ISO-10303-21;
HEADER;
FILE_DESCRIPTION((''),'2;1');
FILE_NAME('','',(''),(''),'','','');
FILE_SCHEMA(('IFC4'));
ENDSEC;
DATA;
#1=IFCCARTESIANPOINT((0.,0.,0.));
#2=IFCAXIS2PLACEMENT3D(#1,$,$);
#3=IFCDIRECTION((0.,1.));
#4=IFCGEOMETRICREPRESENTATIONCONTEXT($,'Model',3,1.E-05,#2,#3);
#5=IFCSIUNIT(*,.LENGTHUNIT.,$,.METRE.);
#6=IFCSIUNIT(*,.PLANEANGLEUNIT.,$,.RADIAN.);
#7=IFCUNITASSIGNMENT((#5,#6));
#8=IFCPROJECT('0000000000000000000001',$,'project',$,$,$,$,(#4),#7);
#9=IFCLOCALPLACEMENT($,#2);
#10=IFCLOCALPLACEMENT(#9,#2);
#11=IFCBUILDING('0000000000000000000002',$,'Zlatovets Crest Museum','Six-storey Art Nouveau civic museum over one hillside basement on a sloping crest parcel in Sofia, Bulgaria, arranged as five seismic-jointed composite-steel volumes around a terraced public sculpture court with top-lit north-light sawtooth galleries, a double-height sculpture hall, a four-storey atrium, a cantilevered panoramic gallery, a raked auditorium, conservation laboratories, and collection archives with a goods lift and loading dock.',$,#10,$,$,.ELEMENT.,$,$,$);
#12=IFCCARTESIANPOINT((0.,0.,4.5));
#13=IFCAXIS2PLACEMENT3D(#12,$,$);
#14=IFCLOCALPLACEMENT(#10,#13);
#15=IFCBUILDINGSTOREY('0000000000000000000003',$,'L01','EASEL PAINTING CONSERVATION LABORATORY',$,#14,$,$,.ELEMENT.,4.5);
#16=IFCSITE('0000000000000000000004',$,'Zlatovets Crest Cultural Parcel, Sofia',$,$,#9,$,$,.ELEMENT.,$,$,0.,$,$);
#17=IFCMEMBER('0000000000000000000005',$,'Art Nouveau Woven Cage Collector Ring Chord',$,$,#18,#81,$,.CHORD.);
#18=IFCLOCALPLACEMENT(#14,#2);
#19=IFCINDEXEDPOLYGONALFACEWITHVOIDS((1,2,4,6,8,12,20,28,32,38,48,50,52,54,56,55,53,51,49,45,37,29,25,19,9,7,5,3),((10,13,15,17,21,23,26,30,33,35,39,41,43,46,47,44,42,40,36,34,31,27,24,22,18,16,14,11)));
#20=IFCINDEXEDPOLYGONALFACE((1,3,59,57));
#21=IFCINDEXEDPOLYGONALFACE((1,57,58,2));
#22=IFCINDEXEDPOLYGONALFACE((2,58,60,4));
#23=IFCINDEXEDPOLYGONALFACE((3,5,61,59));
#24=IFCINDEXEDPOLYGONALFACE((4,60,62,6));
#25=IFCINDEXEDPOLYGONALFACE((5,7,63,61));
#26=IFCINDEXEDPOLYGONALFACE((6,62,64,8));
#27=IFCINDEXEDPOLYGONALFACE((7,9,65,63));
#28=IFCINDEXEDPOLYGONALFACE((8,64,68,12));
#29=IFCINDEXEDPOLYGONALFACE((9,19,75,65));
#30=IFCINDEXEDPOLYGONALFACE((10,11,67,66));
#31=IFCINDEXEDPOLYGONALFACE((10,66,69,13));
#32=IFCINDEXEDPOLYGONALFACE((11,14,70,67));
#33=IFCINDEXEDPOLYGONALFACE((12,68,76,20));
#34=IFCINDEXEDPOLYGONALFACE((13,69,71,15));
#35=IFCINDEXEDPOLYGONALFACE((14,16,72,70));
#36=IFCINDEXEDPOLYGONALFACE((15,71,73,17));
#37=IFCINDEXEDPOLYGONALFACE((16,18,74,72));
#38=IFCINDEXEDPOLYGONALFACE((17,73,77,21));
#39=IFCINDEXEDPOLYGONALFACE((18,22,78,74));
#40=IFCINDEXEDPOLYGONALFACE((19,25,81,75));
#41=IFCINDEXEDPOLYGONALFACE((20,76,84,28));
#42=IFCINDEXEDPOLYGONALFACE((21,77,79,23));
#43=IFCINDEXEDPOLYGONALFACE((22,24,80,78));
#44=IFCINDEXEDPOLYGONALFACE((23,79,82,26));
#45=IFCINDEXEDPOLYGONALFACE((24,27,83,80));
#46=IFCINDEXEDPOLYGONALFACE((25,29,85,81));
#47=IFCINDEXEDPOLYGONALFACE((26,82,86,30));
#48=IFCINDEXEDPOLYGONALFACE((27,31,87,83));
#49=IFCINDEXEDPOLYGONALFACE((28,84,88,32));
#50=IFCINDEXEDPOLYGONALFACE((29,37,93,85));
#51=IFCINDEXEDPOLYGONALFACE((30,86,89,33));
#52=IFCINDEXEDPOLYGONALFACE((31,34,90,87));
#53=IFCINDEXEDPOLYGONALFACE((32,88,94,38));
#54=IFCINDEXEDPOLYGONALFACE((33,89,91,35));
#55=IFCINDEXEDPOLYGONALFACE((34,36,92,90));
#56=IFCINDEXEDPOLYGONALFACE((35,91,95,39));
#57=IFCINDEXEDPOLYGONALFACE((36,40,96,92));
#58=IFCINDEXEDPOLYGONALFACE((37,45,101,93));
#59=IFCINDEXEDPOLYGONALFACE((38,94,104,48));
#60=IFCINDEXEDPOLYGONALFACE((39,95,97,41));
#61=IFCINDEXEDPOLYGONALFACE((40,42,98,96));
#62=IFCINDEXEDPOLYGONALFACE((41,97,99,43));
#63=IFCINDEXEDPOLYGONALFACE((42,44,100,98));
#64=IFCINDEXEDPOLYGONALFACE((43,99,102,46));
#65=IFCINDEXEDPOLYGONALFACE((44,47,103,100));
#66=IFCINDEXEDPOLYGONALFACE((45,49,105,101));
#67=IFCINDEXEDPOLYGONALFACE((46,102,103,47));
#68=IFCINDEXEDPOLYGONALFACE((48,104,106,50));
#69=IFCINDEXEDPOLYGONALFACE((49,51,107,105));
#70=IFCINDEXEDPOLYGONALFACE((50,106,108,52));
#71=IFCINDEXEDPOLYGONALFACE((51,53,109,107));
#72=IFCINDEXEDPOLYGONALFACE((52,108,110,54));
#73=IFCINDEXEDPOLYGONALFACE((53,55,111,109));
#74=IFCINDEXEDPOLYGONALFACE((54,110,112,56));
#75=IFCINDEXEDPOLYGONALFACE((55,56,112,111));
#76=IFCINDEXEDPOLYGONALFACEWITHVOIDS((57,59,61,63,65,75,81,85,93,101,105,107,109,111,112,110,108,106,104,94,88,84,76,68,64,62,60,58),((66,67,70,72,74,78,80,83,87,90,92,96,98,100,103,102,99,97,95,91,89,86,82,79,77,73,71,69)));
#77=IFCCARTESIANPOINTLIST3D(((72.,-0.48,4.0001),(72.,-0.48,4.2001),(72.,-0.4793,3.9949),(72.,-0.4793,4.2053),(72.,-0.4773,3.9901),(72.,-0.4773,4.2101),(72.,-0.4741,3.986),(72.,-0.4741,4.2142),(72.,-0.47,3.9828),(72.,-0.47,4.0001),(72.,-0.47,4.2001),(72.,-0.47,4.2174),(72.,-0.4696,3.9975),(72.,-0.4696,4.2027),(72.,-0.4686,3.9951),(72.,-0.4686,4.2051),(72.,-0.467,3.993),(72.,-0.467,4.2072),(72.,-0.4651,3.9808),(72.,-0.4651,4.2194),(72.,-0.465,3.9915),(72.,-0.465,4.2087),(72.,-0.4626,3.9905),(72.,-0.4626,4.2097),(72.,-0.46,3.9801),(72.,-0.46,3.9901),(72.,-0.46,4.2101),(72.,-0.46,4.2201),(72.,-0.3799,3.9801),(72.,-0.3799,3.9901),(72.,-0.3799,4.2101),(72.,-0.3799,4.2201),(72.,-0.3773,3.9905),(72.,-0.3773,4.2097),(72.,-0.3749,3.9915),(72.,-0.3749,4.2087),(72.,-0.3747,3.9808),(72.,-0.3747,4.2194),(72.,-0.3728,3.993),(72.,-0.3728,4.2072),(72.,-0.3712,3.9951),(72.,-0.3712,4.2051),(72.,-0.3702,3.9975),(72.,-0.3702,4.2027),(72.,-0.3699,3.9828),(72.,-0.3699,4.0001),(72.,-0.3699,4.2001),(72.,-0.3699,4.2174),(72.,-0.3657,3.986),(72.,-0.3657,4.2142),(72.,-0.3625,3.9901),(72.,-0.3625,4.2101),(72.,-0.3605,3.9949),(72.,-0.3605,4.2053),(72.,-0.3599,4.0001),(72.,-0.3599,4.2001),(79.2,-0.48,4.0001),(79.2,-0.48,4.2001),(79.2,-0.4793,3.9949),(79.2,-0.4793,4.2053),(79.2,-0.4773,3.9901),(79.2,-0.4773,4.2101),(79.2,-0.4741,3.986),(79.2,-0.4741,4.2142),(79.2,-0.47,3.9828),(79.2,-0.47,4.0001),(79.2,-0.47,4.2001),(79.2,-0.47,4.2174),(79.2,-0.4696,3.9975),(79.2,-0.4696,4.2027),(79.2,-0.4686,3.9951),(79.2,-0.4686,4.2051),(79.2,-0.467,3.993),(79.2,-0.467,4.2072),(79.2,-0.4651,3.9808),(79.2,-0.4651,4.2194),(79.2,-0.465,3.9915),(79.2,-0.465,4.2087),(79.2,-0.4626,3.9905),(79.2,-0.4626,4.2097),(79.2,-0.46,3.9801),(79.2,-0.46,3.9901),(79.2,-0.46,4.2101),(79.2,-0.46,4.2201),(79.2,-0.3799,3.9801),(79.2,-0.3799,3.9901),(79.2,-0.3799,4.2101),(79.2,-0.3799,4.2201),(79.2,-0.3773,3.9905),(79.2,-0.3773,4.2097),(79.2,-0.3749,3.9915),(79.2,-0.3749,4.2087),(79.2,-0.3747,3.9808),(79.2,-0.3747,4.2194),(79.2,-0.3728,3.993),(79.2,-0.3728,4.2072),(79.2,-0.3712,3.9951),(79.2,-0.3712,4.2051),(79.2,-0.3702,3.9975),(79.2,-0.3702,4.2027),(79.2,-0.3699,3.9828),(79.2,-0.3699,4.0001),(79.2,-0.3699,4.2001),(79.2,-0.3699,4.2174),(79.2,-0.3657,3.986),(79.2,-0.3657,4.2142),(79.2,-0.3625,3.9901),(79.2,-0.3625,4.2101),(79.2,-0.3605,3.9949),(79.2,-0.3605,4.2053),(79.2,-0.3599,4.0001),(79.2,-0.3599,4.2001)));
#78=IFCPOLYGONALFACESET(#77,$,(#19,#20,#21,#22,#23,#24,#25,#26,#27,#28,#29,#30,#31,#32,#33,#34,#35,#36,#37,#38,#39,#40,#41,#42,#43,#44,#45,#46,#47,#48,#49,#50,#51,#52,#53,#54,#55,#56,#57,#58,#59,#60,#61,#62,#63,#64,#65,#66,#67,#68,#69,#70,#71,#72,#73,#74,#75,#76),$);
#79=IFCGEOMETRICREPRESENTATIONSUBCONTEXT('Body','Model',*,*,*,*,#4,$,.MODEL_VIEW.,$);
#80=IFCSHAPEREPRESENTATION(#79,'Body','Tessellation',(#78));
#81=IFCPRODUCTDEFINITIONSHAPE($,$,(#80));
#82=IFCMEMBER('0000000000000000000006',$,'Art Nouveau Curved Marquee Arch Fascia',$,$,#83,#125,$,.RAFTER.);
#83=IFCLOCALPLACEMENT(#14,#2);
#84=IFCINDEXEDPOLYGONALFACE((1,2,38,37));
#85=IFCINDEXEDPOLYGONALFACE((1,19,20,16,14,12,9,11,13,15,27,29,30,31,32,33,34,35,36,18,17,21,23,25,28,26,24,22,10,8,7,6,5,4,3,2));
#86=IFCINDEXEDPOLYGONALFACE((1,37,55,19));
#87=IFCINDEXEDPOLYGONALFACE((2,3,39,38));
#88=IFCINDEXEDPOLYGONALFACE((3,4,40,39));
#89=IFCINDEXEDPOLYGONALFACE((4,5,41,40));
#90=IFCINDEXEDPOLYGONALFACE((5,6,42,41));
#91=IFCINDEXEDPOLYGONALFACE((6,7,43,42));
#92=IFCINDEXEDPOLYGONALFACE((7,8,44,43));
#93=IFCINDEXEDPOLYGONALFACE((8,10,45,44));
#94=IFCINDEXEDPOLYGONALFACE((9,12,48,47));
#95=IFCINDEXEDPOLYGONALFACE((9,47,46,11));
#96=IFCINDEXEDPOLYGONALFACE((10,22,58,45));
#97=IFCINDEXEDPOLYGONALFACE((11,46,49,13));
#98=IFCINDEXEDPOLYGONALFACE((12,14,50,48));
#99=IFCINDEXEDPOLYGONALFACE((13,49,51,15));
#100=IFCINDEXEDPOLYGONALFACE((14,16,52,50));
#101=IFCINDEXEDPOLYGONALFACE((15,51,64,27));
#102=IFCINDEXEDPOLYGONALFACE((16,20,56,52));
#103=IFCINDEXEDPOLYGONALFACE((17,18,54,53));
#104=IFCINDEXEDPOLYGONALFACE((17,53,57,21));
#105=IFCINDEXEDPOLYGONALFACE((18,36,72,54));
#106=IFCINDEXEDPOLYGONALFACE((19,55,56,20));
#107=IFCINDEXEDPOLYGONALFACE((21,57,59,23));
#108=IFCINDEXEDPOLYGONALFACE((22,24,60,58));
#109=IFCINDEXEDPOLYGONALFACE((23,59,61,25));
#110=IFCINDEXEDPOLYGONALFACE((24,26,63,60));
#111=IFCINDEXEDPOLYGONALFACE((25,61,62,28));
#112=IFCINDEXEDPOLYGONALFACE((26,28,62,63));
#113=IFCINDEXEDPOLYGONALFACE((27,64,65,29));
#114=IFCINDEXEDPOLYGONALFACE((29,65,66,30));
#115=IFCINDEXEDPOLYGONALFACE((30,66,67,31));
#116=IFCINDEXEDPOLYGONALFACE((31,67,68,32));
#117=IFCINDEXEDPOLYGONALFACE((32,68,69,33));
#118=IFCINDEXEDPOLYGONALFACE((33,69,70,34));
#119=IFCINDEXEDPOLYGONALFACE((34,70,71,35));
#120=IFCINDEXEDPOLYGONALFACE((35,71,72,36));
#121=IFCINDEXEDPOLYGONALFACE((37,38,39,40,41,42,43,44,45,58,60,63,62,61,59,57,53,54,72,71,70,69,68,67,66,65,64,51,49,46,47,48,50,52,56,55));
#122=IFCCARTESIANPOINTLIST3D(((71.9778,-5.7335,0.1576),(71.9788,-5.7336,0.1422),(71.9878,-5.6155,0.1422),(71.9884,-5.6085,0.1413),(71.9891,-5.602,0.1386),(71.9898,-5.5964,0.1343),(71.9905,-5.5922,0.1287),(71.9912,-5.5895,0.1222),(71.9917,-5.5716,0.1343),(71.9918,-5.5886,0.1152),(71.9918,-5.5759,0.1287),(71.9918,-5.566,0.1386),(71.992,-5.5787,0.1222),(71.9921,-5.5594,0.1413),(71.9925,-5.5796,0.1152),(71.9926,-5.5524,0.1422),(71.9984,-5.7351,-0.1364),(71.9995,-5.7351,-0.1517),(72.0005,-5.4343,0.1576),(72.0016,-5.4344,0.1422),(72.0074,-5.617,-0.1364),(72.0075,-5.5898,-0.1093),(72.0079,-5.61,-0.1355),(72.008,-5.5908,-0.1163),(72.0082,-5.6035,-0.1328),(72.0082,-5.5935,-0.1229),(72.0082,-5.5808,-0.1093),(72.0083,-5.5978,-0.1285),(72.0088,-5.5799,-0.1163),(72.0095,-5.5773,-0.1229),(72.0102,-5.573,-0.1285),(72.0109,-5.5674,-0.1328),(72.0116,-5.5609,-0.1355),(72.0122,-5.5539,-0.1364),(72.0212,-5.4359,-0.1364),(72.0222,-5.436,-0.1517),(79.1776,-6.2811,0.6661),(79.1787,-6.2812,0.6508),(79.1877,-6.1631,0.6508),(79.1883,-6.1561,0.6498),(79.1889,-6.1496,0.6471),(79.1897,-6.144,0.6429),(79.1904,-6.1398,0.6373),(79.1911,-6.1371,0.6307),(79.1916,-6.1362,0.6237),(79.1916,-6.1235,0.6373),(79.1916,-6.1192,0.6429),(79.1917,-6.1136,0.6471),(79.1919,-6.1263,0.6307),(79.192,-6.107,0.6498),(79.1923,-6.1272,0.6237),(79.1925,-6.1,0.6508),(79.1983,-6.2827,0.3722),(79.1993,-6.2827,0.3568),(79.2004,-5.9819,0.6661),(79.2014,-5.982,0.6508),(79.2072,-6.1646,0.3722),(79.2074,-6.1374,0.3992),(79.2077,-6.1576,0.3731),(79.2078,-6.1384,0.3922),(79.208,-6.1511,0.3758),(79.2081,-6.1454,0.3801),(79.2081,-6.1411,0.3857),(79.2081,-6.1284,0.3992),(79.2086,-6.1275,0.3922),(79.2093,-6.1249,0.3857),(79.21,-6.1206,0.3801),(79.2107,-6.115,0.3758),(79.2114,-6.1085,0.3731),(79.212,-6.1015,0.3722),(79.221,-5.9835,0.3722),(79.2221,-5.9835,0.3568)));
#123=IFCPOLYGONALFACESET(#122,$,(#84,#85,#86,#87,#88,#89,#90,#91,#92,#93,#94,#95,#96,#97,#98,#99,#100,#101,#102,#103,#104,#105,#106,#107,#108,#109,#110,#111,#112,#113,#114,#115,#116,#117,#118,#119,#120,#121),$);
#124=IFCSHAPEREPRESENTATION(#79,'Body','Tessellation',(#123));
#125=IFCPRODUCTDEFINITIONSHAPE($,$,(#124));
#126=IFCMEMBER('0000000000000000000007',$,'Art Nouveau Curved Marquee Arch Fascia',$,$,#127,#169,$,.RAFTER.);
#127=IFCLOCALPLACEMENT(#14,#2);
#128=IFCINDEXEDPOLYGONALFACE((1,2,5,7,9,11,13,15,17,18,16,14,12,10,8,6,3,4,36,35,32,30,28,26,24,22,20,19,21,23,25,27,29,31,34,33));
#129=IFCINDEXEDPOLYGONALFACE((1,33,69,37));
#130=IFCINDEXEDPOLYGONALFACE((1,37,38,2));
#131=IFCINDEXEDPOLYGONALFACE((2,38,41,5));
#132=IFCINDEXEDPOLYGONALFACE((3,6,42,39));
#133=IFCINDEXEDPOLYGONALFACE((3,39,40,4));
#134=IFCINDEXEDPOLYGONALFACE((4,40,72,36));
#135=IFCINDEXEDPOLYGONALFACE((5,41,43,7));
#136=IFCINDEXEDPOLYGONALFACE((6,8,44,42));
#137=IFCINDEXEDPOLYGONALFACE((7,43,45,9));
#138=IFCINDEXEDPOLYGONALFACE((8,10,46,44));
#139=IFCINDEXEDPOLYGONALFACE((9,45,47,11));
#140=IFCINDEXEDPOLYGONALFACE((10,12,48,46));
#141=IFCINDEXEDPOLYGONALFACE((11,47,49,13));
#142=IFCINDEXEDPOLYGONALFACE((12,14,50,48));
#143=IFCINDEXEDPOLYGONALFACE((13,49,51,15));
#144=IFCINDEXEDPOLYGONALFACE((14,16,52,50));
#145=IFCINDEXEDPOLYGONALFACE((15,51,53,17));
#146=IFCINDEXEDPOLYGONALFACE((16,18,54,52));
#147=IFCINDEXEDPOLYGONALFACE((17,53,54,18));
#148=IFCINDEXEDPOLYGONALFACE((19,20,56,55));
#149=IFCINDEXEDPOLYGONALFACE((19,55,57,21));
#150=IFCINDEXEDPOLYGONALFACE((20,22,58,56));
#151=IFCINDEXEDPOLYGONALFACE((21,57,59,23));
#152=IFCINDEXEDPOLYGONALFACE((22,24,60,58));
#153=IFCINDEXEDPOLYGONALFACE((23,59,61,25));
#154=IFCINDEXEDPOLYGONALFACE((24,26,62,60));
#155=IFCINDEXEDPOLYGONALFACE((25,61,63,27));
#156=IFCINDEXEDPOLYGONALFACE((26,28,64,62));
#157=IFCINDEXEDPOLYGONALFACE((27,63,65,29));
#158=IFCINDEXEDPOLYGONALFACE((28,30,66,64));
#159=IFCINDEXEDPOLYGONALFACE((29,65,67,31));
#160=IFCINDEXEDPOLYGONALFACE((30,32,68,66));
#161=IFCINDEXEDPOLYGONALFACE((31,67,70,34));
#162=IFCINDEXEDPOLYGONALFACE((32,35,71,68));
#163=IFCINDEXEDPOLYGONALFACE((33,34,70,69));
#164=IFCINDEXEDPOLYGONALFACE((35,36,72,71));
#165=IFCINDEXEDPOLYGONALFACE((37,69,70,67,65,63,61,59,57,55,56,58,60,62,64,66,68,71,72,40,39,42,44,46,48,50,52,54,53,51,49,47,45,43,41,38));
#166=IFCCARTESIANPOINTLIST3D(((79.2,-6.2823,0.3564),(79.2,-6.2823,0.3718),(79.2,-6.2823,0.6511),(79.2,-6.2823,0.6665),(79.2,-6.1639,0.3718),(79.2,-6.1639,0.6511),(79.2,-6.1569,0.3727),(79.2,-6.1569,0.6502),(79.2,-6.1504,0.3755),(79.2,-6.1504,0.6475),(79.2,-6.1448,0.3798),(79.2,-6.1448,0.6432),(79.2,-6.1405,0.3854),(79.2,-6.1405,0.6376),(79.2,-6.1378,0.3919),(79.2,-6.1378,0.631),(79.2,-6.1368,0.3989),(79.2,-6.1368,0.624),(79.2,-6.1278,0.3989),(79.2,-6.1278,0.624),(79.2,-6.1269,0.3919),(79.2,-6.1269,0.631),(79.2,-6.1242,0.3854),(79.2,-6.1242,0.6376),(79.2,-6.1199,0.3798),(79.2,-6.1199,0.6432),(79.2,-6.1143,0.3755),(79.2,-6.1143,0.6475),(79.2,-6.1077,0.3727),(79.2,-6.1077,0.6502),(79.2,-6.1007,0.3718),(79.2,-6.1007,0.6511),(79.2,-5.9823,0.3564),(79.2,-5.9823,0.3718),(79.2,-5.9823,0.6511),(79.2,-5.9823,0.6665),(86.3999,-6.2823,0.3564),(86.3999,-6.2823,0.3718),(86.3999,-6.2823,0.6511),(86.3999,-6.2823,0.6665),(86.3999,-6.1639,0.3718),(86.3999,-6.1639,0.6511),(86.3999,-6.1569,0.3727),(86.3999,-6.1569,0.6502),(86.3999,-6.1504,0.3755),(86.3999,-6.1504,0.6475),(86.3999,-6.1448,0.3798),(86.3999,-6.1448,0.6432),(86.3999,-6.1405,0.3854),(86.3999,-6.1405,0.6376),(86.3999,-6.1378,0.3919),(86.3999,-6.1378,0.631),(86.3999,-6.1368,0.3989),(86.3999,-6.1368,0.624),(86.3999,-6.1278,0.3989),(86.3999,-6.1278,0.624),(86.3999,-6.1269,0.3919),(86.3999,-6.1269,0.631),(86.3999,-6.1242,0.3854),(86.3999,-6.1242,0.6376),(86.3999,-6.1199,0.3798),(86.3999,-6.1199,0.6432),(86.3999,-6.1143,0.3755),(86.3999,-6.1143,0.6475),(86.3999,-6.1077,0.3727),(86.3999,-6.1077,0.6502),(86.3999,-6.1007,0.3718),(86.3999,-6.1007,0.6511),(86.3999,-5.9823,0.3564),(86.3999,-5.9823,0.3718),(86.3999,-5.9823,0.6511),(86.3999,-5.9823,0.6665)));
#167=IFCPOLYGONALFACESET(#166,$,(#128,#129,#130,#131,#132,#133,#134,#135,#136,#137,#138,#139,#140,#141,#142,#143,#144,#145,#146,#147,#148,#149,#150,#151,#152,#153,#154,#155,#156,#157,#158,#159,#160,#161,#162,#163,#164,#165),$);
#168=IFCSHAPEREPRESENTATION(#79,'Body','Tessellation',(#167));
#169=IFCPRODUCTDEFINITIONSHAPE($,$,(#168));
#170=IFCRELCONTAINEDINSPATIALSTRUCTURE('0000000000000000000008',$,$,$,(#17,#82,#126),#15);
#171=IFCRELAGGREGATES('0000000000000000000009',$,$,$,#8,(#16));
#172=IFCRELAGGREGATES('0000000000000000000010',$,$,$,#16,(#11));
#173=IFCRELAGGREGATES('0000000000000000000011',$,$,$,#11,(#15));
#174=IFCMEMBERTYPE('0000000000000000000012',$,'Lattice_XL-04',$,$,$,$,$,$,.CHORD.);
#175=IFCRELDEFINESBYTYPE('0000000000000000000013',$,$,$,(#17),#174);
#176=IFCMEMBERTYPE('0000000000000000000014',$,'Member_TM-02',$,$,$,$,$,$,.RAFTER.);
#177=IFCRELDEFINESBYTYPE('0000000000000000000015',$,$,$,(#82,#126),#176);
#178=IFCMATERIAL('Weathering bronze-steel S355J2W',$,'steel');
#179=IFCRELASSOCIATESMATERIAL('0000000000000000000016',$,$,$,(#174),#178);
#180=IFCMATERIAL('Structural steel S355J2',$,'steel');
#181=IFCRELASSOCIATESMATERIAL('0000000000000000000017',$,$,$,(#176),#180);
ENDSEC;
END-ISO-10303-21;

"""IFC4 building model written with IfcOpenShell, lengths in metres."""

from ifc_helpers import new_model, si_unit, direction, frame, origin, origin_2d, place, context, subcontext, project, spatial, hollow_rectangle, i_section, extrude, material, material_profile, profile_set, type_object, element, save


model = new_model("IFC4")

# Units and contexts
model_context = context("Model", 3, precision=1e-05, world=origin(), true_north=direction((0.0, 1.0)))
body_context = subcontext(model_context, "Body", "Model", "MODEL_VIEW")
ifc_project = project(units=[si_unit("LENGTHUNIT", "METRE"), si_unit("PLANEANGLEUNIT", "RADIAN")], contexts=[model_context])

# Site, building, storey
site_placement = place(None, origin())
site = spatial("IfcSite", under=ifc_project, at=site_placement, Name="Zlatovets Crest Cultural Parcel, Sofia", CompositionType="ELEMENT", RefElevation=0.0)
building_placement = place(site_placement, origin())
building = spatial("IfcBuilding", under=site, at=building_placement, Name="Zlatovets Crest Museum", Description="Six-storey Art Nouveau civic museum over one hillside basement on a sloping crest parcel in Sofia, Bulgaria, arranged as five seismic-jointed composite-steel volumes around a terraced public sculpture court with top-lit north-light sawtooth galleries, a double-height sculpture hall, a four-storey atrium, a cantilevered panoramic gallery, a raked auditorium, conservation laboratories, and collection archives with a goods lift and loading dock.", CompositionType="ELEMENT")
storey_placement = place(building_placement, frame((0.0, 0.0, 4.5)))
storey = spatial("IfcBuildingStorey", under=building, at=storey_placement, Name="L01", Description="EASEL PAINTING CONSERVATION LABORATORY", CompositionType="ELEMENT", Elevation=4.5)

# Members
ifc_material_1 = material(Name="Weathering bronze-steel S355J2W", Category="steel")
ifc_material_profile_1 = material_profile(ifc_material_1, hollow_rectangle(XDim=0.1201, YDim=0.24, WallThickness=0.01, InnerFilletRadius=0.01, OuterFilletRadius=0.02, at=origin_2d()), Name="RHS 120x240x10.0")
ifc_profile_set_1 = profile_set([ifc_material_profile_1], Name="Weathering bronze-steel S355J2W")
member_type_1 = type_object("IfcMemberType", Name="Lattice_XL-04", PredefinedType="CHORD", material=ifc_profile_set_1)
member_1_placement = place(storey_placement, frame((72.0, -0.4199, 4.1001), z_axis=(1.0, 0.0, 0.0), x_axis=(0.0, 1.0, 0.0)))
element("IfcMember", 1, at=member_1_placement, inside=storey, type_object=member_type_1, Name="Art Nouveau Woven Cage Collector Ring Chord", PredefinedType="CHORD", context=body_context, shape_type="SweptSolid", body=[
    extrude(hollow_rectangle(XDim=0.1201, YDim=0.24, WallThickness=0.01, InnerFilletRadius=0.01, OuterFilletRadius=0.02, at=origin_2d()), origin(), (0.0, 0.0, 1.0), 7.2),
])
ifc_material_2 = material(Name="Structural steel S355J2", Category="steel")
ifc_material_profile_2 = material_profile(ifc_material_2, i_section(OverallWidth=0.3, OverallDepth=0.3101, WebThickness=0.009, FlangeThickness=0.0154, FilletRadius=0.0271, at=origin_2d()), Name="HEA 320")
ifc_profile_set_2 = profile_set([ifc_material_profile_2], Name="Structural steel S355J2")
member_type_2 = type_object("IfcMemberType", Name="Member_TM-02", PredefinedType="RAFTER", material=ifc_profile_set_2)
member_2_placement = place(storey_placement, frame((72.0, -5.5847, 0.0029), z_axis=(0.994656, -0.075651, 0.070254), x_axis=(0.075838, 0.99712, 0.0)))
element("IfcMember", 2, at=member_2_placement, inside=storey, type_object=member_type_2, Name="Art Nouveau Curved Marquee Arch Fascia", PredefinedType="RAFTER", context=body_context, shape_type="SweptSolid", body=[
    extrude(i_section(OverallWidth=0.3, OverallDepth=0.3101, WebThickness=0.009, FlangeThickness=0.0154, FilletRadius=0.0271, at=origin_2d()), origin(), (0.0, 0.0, 1.0), 7.2385),
])
member_3_placement = place(storey_placement, frame((79.2, -6.1323, 0.5115), z_axis=(1.0, 0.0, 0.0), x_axis=(0.0, 1.0, 0.0)))
element("IfcMember", 3, at=member_3_placement, inside=storey, type_object=member_type_2, Name="Art Nouveau Curved Marquee Arch Fascia", PredefinedType="RAFTER", context=body_context, shape_type="SweptSolid", body=[
    extrude(i_section(OverallWidth=0.3, OverallDepth=0.3101, WebThickness=0.009, FlangeThickness=0.0154, FilletRadius=0.0271, at=origin_2d()), origin(), (0.0, 0.0, 1.0), 7.2),
])

save(model, "model.ifc")
